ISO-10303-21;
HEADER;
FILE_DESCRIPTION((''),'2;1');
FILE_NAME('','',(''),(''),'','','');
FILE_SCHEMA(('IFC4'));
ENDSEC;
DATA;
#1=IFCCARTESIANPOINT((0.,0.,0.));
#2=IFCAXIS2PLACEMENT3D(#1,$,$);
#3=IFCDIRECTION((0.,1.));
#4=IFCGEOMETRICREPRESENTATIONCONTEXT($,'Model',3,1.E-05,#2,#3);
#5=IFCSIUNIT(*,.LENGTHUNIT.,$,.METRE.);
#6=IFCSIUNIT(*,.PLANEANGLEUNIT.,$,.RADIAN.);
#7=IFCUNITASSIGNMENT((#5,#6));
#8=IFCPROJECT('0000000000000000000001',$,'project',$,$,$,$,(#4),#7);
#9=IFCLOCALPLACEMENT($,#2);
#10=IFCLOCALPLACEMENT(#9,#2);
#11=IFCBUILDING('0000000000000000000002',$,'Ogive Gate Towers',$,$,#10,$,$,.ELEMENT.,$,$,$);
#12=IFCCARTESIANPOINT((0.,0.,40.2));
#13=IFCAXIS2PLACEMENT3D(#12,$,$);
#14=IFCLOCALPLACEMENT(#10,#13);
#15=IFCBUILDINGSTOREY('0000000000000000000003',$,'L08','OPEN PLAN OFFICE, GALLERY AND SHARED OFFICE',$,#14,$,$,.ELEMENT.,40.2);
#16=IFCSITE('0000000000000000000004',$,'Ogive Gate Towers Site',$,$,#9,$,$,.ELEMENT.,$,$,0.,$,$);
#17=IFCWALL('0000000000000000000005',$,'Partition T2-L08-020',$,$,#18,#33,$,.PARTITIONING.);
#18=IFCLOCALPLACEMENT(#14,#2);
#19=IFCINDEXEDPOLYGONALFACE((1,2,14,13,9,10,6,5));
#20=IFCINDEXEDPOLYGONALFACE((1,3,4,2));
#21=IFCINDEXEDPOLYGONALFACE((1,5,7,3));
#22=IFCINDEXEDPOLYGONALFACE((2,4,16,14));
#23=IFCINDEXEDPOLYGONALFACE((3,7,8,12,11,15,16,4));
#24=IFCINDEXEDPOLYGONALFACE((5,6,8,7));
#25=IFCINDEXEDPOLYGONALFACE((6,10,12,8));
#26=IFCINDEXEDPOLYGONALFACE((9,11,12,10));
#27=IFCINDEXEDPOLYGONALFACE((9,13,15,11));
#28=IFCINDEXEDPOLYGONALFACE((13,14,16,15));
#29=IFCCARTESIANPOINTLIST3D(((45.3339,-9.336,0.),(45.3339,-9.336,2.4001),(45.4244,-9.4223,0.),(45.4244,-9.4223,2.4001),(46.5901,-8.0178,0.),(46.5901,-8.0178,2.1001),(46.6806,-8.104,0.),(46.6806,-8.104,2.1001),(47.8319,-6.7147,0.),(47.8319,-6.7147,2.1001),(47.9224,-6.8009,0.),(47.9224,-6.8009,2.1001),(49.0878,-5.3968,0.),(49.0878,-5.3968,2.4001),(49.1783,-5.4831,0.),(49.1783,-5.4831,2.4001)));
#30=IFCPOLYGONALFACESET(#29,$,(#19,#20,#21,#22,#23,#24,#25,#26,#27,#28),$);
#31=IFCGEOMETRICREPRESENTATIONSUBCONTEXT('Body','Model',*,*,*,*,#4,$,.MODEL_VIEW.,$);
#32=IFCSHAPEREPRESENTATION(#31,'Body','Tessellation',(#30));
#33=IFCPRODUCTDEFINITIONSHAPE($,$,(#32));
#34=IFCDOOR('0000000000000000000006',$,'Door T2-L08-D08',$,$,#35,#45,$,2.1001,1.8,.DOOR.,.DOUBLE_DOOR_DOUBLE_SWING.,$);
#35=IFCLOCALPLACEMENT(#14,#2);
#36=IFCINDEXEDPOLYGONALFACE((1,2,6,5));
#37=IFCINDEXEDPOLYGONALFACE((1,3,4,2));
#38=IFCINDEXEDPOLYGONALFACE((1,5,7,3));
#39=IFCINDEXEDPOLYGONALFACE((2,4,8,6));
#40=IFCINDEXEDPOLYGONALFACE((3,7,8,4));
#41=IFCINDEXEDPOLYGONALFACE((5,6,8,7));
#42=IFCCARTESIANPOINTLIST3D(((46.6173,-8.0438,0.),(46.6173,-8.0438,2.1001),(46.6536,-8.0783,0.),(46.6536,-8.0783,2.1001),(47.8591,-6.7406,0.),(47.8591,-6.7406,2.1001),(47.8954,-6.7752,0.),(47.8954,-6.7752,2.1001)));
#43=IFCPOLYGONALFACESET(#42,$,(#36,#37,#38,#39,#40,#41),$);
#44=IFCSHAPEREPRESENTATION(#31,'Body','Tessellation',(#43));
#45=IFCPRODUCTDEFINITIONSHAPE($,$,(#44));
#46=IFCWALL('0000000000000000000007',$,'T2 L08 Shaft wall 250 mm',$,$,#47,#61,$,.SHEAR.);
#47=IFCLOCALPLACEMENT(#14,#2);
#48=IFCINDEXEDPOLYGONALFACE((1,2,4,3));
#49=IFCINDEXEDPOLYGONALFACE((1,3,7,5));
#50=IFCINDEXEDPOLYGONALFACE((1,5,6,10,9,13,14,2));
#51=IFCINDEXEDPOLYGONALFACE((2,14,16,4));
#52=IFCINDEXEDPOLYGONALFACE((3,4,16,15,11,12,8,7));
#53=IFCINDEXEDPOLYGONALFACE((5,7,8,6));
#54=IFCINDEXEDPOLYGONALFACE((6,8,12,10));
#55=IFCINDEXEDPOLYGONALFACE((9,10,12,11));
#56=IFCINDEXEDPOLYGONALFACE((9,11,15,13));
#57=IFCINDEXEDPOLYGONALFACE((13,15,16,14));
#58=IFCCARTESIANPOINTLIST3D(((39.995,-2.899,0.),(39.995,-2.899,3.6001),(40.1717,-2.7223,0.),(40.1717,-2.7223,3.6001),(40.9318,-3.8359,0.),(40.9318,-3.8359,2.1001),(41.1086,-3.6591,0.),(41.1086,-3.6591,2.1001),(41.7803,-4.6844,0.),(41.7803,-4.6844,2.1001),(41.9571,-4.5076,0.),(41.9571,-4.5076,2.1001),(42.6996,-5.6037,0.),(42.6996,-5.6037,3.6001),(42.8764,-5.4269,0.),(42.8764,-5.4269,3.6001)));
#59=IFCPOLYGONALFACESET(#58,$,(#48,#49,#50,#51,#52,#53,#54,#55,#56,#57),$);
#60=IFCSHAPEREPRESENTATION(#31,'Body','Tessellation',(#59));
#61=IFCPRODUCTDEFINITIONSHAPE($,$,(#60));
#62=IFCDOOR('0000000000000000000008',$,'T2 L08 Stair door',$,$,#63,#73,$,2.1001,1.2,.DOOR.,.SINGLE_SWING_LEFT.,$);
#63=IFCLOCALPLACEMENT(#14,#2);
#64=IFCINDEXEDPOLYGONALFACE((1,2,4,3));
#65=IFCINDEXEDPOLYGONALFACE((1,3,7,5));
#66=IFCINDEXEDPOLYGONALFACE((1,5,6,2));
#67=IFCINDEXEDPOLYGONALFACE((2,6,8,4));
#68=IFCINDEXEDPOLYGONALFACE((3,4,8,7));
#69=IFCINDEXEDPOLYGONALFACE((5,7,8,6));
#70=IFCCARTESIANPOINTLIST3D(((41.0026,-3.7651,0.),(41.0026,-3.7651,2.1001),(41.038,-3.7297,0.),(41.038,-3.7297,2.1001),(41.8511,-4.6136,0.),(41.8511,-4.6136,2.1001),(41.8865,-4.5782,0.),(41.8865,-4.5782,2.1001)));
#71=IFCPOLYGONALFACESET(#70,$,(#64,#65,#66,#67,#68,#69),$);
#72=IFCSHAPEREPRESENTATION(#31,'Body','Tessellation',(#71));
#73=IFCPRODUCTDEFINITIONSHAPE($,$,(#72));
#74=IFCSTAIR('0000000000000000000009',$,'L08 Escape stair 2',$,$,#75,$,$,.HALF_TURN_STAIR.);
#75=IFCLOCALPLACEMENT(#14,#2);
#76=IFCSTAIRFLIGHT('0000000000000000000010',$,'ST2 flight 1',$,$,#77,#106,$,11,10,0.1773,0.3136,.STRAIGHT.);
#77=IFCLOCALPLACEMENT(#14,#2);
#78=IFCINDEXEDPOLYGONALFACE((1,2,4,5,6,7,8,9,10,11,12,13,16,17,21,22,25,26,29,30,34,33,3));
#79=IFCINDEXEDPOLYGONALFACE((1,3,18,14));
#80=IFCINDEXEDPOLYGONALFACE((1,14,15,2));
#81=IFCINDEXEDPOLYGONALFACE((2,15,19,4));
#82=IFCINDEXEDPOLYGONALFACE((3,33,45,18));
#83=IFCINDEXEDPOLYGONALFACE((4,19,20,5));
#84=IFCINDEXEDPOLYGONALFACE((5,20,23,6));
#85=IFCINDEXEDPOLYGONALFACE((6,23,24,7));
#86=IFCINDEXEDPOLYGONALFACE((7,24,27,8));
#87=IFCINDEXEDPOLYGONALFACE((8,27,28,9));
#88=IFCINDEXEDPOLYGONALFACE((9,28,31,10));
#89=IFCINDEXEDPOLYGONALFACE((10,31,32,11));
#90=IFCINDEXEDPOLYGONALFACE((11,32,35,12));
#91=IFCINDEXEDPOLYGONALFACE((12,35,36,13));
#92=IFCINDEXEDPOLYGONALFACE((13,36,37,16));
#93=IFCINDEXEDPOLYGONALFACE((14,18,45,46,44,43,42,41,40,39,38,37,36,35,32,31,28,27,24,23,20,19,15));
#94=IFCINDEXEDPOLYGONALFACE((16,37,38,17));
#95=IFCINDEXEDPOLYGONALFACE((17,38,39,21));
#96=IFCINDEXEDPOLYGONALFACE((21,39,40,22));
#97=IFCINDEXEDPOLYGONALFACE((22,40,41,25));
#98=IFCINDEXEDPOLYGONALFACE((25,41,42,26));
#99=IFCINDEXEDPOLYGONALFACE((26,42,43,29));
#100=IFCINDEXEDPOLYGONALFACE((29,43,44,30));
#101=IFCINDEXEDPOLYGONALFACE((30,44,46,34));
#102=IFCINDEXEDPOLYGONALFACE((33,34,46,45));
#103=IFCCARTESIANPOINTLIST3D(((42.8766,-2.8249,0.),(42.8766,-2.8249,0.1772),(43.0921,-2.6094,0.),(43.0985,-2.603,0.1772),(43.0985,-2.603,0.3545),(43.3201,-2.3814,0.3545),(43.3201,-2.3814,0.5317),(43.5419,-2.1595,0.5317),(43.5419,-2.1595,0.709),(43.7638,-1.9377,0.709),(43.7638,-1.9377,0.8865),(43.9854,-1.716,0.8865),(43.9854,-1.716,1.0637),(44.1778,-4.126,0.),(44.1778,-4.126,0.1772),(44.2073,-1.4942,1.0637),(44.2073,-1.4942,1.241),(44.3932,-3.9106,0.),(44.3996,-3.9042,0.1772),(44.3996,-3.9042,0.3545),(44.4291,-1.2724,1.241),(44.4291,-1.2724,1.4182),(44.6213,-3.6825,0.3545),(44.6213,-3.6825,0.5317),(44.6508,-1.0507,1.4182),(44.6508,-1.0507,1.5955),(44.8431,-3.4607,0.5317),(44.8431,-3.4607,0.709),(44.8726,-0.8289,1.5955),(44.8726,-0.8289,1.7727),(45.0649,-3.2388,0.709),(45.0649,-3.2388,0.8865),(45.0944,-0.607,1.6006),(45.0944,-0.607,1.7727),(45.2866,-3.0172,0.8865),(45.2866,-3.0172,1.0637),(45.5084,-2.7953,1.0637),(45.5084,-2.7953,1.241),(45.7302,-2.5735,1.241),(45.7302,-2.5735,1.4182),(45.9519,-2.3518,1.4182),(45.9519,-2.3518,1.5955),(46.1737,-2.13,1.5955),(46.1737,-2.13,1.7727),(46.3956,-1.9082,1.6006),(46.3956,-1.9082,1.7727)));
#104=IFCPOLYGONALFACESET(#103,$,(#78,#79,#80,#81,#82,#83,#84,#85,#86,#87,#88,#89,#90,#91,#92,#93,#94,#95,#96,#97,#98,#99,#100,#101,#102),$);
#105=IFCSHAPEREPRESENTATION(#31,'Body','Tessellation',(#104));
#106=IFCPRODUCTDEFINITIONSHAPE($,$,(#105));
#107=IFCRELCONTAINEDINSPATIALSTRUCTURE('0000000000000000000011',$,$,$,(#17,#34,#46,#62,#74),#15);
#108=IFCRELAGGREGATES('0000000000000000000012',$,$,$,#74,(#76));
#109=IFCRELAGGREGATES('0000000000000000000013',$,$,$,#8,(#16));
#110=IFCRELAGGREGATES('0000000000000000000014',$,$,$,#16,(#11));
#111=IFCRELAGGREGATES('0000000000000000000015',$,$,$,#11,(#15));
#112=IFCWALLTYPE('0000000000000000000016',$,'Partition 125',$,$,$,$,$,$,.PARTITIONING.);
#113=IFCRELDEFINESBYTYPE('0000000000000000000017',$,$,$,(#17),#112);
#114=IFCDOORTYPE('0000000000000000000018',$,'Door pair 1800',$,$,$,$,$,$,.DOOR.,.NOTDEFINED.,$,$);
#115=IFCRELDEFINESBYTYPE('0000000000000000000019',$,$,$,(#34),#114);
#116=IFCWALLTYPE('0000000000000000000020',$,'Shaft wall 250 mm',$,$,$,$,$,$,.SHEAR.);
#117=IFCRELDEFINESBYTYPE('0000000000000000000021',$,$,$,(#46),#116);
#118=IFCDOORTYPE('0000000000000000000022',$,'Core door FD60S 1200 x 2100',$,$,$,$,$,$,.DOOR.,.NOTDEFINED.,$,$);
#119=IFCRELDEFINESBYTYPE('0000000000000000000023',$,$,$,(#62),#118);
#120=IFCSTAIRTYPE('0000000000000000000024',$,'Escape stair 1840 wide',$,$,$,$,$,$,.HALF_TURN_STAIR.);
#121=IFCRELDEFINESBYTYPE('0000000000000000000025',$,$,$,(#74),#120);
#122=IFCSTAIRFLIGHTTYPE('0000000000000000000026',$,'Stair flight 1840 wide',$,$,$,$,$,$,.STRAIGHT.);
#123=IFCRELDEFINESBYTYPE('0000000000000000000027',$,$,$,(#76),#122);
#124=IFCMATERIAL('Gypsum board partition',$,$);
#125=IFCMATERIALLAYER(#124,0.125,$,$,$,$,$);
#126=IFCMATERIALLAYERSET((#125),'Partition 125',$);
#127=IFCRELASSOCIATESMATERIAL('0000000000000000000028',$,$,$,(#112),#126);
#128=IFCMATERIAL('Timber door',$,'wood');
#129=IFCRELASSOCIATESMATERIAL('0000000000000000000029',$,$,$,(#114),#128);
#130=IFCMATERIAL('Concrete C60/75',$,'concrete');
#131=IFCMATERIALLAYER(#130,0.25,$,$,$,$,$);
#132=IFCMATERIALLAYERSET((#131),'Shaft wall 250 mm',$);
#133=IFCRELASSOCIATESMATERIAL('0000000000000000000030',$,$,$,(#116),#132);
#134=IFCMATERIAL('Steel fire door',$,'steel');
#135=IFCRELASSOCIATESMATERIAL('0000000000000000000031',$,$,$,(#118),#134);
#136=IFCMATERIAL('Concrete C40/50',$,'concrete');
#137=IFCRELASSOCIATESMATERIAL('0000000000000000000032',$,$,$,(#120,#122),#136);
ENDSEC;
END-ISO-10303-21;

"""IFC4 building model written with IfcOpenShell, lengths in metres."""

from ifc_helpers import new_model, si_unit, direction, frame, frame_2d, origin, place, context, subcontext, project, spatial, polyline, rectangle, outline, extrude, material, layer, layer_set, type_object, element, fill, aggregate, save


model = new_model("IFC4")

# Units and contexts
model_context = context("Model", 3, precision=1e-05, world=origin(), true_north=direction((0.0, 1.0)))
body_context = subcontext(model_context, "Body", "Model", "MODEL_VIEW")
ifc_project = project(units=[si_unit("LENGTHUNIT", "METRE"), si_unit("PLANEANGLEUNIT", "RADIAN")], contexts=[model_context])

# Site, building, storey
site_placement = place(None, origin())
site = spatial("IfcSite", under=ifc_project, at=site_placement, Name="Ogive Gate Towers Site", CompositionType="ELEMENT", RefElevation=0.0)
building_placement = place(site_placement, origin())
building = spatial("IfcBuilding", under=site, at=building_placement, Name="Ogive Gate Towers", CompositionType="ELEMENT")
storey_placement = place(building_placement, frame((0.0, 0.0, 40.2)))
storey = spatial("IfcBuildingStorey", under=building, at=storey_placement, Name="L08", Description="OPEN PLAN OFFICE, GALLERY AND SHARED OFFICE", CompositionType="ELEMENT", Elevation=40.2)

# Shared definitions
ifc_material_1 = material(Name="Timber door", Category="wood")

# Shared definitions
ifc_material_2 = material(Name="Gypsum board partition")
ifc_layer_1 = layer(ifc_material_2, 0.125)
ifc_layer_set_1 = layer_set([ifc_layer_1], Name="Partition 125")
wall_type_1 = type_object("IfcWallType", Name="Partition 125", PredefinedType="PARTITIONING", material=ifc_layer_set_1)

# Walls, openings, doors
wall_1_placement = place(storey_placement, frame((45.3792, -9.3792, 0.0), z_axis=(0.0, 0.0, 1.0), x_axis=(0.689875, 0.723929, 0.0)))
wall_1 = element("IfcWall", 1, at=wall_1_placement, inside=storey, type_object=wall_type_1, Name="Partition T2-L08-020", PredefinedType="PARTITIONING", context=body_context, shape_type="SweptSolid", body=[
    extrude(rectangle(XDim=5.4414, YDim=0.125, at=frame_2d((2.7207, 0.0))), origin(), (0.0, 0.0, 1.0), 2.4001),
])
opening_1_placement = place(wall_1_placement, frame((1.821, 0.0, 0.0)))
opening_1 = element("IfcOpeningElement", 2, at=opening_1_placement, cuts=wall_1, PredefinedType="OPENING", context=body_context, shape_type="SweptSolid", body=[
    extrude(rectangle(XDim=1.8, YDim=2.1001, at=frame_2d((0.8999, 1.05))), frame((0.0, 0.0725, 0.0), z_axis=(0.0, -1.0, 0.0), x_axis=(1.0, 0.0, 0.0)), (0.0, 0.0, 1.0), 0.145),
])
door_type_1 = type_object("IfcDoorType", Name="Door pair 1800", OperationType="NOTDEFINED", PredefinedType="DOOR", material=ifc_material_1)
door_1_placement = place(opening_1_placement, origin())
door_1 = element("IfcDoor", 3, at=door_1_placement, inside=storey, type_object=door_type_1, Name="Door T2-L08-D08", OperationType="DOUBLE_DOOR_DOUBLE_SWING", OverallHeight=2.1001, OverallWidth=1.8, PredefinedType="DOOR", context=body_context, shape_type="SweptSolid", body=[
    extrude(rectangle(XDim=1.8, YDim=2.1001, at=frame_2d((0.8999, 1.05))), frame((0.0, 0.0249, 0.0), z_axis=(0.0, -1.0, 0.0), x_axis=(1.0, 0.0, 0.0)), (0.0, 0.0, 1.0), 0.05),
])
fill(opening_1, door_1)
ifc_material_3 = material(Name="Concrete C60/75", Category="concrete")
ifc_layer_2 = layer(ifc_material_3, 0.25)
ifc_layer_set_2 = layer_set([ifc_layer_2], Name="Shaft wall 250 mm")
wall_type_2 = type_object("IfcWallType", Name="Shaft wall 250 mm", PredefinedType="SHEAR", material=ifc_layer_set_2)
wall_2_placement = place(storey_placement, frame((42.7881, -5.5154, 0.0), z_axis=(0.0, 0.0, 1.0), x_axis=(-0.707107, 0.707107, 0.0)))
wall_2 = element("IfcWall", 4, at=wall_2_placement, inside=storey, type_object=wall_type_2, Name="T2 L08 Shaft wall 250 mm", PredefinedType="SHEAR", context=body_context, shape_type="SweptSolid", body=[
    extrude(rectangle(XDim=3.825, YDim=0.25, at=frame_2d((1.9126, 0.0))), origin(), (0.0, 0.0, 1.0), 3.6001),
])
opening_2_placement = place(wall_2_placement, frame((1.3, 0.0, 0.0)))
opening_2 = element("IfcOpeningElement", 5, at=opening_2_placement, cuts=wall_2, PredefinedType="OPENING", context=body_context, shape_type="SweptSolid", body=[
    extrude(rectangle(XDim=1.2, YDim=2.1001, at=frame_2d((0.6001, 1.05))), frame((0.0, 0.135, 0.0), z_axis=(0.0, -1.0, 0.0), x_axis=(1.0, 0.0, 0.0)), (0.0, 0.0, 1.0), 0.27),
])
ifc_material_4 = material(Name="Steel fire door", Category="steel")
door_type_2 = type_object("IfcDoorType", Name="Core door FD60S 1200 x 2100", OperationType="NOTDEFINED", PredefinedType="DOOR", material=ifc_material_4)
door_2_placement = place(opening_2_placement, origin())
door_2 = element("IfcDoor", 6, at=door_2_placement, inside=storey, type_object=door_type_2, Name="T2 L08 Stair door", OperationType="SINGLE_SWING_LEFT", OverallHeight=2.1001, OverallWidth=1.2, PredefinedType="DOOR", context=body_context, shape_type="SweptSolid", body=[
    extrude(rectangle(XDim=1.2, YDim=2.1001, at=frame_2d((0.6001, 1.05))), frame((0.0, 0.0249, 0.0), z_axis=(0.0, -1.0, 0.0), x_axis=(1.0, 0.0, 0.0)), (0.0, 0.0, 1.0), 0.05),
])
fill(opening_2, door_2)

# Stair, stair flight
ifc_material_5 = material(Name="Concrete C40/50", Category="concrete")
stair_type = type_object("IfcStairType", Name="Escape stair 1840 wide", PredefinedType="HALF_TURN_STAIR", material=ifc_material_5)
stair_placement = place(storey_placement, origin())
stair = element("IfcStair", 7, at=stair_placement, inside=storey, type_object=stair_type, Name="L08 Escape stair 2", PredefinedType="HALF_TURN_STAIR")
stair_flight_type = type_object("IfcStairFlightType", Name="Stair flight 1840 wide", PredefinedType="STRAIGHT", material=ifc_material_5)
stair_flight_placement = place(storey_placement, frame((43.5271, -3.4753, 0.0), z_axis=(0.0, 0.0, 1.0), x_axis=(0.707107, 0.707107, 0.0)))
stair_flight = element("IfcStairFlight", 8, at=stair_flight_placement, type_object=stair_flight_type, Name="ST2 flight 1", NumberOfRisers=11, NumberOfTreads=10, PredefinedType="STRAIGHT", RiserHeight=0.1773, TreadLength=0.3136, context=body_context, shape_type="SweptSolid", body=[
    extrude(outline(polyline([(0.0, 0.0), (0.0, 0.1772), (0.3137, 0.1772), (0.3137, 0.3545), (0.6272, 0.3545), (0.6272, 0.5317), (0.9409, 0.5317), (0.9409, 0.709), (1.2546, 0.709), (1.2546, 0.8865), (1.5681, 0.8865), (1.5681, 1.0637), (1.8818, 1.0637), (1.8818, 1.241), (2.1956, 1.241), (2.1956, 1.4182), (2.509, 1.4182), (2.509, 1.5955), (2.8228, 1.5955), (2.8228, 1.7727), (3.1365, 1.7727), (3.1365, 1.95), (3.1365, 1.6006), (0.3047, 0.0), (0.0, 0.0)])), frame((0.0, 0.9199, 0.0), z_axis=(0.0, -1.0, 0.0), x_axis=(1.0, 0.0, 0.0)), (0.0, 0.0, 1.0), 1.8401),
])
aggregate(stair, [stair_flight])

save(model, "model.ifc")
